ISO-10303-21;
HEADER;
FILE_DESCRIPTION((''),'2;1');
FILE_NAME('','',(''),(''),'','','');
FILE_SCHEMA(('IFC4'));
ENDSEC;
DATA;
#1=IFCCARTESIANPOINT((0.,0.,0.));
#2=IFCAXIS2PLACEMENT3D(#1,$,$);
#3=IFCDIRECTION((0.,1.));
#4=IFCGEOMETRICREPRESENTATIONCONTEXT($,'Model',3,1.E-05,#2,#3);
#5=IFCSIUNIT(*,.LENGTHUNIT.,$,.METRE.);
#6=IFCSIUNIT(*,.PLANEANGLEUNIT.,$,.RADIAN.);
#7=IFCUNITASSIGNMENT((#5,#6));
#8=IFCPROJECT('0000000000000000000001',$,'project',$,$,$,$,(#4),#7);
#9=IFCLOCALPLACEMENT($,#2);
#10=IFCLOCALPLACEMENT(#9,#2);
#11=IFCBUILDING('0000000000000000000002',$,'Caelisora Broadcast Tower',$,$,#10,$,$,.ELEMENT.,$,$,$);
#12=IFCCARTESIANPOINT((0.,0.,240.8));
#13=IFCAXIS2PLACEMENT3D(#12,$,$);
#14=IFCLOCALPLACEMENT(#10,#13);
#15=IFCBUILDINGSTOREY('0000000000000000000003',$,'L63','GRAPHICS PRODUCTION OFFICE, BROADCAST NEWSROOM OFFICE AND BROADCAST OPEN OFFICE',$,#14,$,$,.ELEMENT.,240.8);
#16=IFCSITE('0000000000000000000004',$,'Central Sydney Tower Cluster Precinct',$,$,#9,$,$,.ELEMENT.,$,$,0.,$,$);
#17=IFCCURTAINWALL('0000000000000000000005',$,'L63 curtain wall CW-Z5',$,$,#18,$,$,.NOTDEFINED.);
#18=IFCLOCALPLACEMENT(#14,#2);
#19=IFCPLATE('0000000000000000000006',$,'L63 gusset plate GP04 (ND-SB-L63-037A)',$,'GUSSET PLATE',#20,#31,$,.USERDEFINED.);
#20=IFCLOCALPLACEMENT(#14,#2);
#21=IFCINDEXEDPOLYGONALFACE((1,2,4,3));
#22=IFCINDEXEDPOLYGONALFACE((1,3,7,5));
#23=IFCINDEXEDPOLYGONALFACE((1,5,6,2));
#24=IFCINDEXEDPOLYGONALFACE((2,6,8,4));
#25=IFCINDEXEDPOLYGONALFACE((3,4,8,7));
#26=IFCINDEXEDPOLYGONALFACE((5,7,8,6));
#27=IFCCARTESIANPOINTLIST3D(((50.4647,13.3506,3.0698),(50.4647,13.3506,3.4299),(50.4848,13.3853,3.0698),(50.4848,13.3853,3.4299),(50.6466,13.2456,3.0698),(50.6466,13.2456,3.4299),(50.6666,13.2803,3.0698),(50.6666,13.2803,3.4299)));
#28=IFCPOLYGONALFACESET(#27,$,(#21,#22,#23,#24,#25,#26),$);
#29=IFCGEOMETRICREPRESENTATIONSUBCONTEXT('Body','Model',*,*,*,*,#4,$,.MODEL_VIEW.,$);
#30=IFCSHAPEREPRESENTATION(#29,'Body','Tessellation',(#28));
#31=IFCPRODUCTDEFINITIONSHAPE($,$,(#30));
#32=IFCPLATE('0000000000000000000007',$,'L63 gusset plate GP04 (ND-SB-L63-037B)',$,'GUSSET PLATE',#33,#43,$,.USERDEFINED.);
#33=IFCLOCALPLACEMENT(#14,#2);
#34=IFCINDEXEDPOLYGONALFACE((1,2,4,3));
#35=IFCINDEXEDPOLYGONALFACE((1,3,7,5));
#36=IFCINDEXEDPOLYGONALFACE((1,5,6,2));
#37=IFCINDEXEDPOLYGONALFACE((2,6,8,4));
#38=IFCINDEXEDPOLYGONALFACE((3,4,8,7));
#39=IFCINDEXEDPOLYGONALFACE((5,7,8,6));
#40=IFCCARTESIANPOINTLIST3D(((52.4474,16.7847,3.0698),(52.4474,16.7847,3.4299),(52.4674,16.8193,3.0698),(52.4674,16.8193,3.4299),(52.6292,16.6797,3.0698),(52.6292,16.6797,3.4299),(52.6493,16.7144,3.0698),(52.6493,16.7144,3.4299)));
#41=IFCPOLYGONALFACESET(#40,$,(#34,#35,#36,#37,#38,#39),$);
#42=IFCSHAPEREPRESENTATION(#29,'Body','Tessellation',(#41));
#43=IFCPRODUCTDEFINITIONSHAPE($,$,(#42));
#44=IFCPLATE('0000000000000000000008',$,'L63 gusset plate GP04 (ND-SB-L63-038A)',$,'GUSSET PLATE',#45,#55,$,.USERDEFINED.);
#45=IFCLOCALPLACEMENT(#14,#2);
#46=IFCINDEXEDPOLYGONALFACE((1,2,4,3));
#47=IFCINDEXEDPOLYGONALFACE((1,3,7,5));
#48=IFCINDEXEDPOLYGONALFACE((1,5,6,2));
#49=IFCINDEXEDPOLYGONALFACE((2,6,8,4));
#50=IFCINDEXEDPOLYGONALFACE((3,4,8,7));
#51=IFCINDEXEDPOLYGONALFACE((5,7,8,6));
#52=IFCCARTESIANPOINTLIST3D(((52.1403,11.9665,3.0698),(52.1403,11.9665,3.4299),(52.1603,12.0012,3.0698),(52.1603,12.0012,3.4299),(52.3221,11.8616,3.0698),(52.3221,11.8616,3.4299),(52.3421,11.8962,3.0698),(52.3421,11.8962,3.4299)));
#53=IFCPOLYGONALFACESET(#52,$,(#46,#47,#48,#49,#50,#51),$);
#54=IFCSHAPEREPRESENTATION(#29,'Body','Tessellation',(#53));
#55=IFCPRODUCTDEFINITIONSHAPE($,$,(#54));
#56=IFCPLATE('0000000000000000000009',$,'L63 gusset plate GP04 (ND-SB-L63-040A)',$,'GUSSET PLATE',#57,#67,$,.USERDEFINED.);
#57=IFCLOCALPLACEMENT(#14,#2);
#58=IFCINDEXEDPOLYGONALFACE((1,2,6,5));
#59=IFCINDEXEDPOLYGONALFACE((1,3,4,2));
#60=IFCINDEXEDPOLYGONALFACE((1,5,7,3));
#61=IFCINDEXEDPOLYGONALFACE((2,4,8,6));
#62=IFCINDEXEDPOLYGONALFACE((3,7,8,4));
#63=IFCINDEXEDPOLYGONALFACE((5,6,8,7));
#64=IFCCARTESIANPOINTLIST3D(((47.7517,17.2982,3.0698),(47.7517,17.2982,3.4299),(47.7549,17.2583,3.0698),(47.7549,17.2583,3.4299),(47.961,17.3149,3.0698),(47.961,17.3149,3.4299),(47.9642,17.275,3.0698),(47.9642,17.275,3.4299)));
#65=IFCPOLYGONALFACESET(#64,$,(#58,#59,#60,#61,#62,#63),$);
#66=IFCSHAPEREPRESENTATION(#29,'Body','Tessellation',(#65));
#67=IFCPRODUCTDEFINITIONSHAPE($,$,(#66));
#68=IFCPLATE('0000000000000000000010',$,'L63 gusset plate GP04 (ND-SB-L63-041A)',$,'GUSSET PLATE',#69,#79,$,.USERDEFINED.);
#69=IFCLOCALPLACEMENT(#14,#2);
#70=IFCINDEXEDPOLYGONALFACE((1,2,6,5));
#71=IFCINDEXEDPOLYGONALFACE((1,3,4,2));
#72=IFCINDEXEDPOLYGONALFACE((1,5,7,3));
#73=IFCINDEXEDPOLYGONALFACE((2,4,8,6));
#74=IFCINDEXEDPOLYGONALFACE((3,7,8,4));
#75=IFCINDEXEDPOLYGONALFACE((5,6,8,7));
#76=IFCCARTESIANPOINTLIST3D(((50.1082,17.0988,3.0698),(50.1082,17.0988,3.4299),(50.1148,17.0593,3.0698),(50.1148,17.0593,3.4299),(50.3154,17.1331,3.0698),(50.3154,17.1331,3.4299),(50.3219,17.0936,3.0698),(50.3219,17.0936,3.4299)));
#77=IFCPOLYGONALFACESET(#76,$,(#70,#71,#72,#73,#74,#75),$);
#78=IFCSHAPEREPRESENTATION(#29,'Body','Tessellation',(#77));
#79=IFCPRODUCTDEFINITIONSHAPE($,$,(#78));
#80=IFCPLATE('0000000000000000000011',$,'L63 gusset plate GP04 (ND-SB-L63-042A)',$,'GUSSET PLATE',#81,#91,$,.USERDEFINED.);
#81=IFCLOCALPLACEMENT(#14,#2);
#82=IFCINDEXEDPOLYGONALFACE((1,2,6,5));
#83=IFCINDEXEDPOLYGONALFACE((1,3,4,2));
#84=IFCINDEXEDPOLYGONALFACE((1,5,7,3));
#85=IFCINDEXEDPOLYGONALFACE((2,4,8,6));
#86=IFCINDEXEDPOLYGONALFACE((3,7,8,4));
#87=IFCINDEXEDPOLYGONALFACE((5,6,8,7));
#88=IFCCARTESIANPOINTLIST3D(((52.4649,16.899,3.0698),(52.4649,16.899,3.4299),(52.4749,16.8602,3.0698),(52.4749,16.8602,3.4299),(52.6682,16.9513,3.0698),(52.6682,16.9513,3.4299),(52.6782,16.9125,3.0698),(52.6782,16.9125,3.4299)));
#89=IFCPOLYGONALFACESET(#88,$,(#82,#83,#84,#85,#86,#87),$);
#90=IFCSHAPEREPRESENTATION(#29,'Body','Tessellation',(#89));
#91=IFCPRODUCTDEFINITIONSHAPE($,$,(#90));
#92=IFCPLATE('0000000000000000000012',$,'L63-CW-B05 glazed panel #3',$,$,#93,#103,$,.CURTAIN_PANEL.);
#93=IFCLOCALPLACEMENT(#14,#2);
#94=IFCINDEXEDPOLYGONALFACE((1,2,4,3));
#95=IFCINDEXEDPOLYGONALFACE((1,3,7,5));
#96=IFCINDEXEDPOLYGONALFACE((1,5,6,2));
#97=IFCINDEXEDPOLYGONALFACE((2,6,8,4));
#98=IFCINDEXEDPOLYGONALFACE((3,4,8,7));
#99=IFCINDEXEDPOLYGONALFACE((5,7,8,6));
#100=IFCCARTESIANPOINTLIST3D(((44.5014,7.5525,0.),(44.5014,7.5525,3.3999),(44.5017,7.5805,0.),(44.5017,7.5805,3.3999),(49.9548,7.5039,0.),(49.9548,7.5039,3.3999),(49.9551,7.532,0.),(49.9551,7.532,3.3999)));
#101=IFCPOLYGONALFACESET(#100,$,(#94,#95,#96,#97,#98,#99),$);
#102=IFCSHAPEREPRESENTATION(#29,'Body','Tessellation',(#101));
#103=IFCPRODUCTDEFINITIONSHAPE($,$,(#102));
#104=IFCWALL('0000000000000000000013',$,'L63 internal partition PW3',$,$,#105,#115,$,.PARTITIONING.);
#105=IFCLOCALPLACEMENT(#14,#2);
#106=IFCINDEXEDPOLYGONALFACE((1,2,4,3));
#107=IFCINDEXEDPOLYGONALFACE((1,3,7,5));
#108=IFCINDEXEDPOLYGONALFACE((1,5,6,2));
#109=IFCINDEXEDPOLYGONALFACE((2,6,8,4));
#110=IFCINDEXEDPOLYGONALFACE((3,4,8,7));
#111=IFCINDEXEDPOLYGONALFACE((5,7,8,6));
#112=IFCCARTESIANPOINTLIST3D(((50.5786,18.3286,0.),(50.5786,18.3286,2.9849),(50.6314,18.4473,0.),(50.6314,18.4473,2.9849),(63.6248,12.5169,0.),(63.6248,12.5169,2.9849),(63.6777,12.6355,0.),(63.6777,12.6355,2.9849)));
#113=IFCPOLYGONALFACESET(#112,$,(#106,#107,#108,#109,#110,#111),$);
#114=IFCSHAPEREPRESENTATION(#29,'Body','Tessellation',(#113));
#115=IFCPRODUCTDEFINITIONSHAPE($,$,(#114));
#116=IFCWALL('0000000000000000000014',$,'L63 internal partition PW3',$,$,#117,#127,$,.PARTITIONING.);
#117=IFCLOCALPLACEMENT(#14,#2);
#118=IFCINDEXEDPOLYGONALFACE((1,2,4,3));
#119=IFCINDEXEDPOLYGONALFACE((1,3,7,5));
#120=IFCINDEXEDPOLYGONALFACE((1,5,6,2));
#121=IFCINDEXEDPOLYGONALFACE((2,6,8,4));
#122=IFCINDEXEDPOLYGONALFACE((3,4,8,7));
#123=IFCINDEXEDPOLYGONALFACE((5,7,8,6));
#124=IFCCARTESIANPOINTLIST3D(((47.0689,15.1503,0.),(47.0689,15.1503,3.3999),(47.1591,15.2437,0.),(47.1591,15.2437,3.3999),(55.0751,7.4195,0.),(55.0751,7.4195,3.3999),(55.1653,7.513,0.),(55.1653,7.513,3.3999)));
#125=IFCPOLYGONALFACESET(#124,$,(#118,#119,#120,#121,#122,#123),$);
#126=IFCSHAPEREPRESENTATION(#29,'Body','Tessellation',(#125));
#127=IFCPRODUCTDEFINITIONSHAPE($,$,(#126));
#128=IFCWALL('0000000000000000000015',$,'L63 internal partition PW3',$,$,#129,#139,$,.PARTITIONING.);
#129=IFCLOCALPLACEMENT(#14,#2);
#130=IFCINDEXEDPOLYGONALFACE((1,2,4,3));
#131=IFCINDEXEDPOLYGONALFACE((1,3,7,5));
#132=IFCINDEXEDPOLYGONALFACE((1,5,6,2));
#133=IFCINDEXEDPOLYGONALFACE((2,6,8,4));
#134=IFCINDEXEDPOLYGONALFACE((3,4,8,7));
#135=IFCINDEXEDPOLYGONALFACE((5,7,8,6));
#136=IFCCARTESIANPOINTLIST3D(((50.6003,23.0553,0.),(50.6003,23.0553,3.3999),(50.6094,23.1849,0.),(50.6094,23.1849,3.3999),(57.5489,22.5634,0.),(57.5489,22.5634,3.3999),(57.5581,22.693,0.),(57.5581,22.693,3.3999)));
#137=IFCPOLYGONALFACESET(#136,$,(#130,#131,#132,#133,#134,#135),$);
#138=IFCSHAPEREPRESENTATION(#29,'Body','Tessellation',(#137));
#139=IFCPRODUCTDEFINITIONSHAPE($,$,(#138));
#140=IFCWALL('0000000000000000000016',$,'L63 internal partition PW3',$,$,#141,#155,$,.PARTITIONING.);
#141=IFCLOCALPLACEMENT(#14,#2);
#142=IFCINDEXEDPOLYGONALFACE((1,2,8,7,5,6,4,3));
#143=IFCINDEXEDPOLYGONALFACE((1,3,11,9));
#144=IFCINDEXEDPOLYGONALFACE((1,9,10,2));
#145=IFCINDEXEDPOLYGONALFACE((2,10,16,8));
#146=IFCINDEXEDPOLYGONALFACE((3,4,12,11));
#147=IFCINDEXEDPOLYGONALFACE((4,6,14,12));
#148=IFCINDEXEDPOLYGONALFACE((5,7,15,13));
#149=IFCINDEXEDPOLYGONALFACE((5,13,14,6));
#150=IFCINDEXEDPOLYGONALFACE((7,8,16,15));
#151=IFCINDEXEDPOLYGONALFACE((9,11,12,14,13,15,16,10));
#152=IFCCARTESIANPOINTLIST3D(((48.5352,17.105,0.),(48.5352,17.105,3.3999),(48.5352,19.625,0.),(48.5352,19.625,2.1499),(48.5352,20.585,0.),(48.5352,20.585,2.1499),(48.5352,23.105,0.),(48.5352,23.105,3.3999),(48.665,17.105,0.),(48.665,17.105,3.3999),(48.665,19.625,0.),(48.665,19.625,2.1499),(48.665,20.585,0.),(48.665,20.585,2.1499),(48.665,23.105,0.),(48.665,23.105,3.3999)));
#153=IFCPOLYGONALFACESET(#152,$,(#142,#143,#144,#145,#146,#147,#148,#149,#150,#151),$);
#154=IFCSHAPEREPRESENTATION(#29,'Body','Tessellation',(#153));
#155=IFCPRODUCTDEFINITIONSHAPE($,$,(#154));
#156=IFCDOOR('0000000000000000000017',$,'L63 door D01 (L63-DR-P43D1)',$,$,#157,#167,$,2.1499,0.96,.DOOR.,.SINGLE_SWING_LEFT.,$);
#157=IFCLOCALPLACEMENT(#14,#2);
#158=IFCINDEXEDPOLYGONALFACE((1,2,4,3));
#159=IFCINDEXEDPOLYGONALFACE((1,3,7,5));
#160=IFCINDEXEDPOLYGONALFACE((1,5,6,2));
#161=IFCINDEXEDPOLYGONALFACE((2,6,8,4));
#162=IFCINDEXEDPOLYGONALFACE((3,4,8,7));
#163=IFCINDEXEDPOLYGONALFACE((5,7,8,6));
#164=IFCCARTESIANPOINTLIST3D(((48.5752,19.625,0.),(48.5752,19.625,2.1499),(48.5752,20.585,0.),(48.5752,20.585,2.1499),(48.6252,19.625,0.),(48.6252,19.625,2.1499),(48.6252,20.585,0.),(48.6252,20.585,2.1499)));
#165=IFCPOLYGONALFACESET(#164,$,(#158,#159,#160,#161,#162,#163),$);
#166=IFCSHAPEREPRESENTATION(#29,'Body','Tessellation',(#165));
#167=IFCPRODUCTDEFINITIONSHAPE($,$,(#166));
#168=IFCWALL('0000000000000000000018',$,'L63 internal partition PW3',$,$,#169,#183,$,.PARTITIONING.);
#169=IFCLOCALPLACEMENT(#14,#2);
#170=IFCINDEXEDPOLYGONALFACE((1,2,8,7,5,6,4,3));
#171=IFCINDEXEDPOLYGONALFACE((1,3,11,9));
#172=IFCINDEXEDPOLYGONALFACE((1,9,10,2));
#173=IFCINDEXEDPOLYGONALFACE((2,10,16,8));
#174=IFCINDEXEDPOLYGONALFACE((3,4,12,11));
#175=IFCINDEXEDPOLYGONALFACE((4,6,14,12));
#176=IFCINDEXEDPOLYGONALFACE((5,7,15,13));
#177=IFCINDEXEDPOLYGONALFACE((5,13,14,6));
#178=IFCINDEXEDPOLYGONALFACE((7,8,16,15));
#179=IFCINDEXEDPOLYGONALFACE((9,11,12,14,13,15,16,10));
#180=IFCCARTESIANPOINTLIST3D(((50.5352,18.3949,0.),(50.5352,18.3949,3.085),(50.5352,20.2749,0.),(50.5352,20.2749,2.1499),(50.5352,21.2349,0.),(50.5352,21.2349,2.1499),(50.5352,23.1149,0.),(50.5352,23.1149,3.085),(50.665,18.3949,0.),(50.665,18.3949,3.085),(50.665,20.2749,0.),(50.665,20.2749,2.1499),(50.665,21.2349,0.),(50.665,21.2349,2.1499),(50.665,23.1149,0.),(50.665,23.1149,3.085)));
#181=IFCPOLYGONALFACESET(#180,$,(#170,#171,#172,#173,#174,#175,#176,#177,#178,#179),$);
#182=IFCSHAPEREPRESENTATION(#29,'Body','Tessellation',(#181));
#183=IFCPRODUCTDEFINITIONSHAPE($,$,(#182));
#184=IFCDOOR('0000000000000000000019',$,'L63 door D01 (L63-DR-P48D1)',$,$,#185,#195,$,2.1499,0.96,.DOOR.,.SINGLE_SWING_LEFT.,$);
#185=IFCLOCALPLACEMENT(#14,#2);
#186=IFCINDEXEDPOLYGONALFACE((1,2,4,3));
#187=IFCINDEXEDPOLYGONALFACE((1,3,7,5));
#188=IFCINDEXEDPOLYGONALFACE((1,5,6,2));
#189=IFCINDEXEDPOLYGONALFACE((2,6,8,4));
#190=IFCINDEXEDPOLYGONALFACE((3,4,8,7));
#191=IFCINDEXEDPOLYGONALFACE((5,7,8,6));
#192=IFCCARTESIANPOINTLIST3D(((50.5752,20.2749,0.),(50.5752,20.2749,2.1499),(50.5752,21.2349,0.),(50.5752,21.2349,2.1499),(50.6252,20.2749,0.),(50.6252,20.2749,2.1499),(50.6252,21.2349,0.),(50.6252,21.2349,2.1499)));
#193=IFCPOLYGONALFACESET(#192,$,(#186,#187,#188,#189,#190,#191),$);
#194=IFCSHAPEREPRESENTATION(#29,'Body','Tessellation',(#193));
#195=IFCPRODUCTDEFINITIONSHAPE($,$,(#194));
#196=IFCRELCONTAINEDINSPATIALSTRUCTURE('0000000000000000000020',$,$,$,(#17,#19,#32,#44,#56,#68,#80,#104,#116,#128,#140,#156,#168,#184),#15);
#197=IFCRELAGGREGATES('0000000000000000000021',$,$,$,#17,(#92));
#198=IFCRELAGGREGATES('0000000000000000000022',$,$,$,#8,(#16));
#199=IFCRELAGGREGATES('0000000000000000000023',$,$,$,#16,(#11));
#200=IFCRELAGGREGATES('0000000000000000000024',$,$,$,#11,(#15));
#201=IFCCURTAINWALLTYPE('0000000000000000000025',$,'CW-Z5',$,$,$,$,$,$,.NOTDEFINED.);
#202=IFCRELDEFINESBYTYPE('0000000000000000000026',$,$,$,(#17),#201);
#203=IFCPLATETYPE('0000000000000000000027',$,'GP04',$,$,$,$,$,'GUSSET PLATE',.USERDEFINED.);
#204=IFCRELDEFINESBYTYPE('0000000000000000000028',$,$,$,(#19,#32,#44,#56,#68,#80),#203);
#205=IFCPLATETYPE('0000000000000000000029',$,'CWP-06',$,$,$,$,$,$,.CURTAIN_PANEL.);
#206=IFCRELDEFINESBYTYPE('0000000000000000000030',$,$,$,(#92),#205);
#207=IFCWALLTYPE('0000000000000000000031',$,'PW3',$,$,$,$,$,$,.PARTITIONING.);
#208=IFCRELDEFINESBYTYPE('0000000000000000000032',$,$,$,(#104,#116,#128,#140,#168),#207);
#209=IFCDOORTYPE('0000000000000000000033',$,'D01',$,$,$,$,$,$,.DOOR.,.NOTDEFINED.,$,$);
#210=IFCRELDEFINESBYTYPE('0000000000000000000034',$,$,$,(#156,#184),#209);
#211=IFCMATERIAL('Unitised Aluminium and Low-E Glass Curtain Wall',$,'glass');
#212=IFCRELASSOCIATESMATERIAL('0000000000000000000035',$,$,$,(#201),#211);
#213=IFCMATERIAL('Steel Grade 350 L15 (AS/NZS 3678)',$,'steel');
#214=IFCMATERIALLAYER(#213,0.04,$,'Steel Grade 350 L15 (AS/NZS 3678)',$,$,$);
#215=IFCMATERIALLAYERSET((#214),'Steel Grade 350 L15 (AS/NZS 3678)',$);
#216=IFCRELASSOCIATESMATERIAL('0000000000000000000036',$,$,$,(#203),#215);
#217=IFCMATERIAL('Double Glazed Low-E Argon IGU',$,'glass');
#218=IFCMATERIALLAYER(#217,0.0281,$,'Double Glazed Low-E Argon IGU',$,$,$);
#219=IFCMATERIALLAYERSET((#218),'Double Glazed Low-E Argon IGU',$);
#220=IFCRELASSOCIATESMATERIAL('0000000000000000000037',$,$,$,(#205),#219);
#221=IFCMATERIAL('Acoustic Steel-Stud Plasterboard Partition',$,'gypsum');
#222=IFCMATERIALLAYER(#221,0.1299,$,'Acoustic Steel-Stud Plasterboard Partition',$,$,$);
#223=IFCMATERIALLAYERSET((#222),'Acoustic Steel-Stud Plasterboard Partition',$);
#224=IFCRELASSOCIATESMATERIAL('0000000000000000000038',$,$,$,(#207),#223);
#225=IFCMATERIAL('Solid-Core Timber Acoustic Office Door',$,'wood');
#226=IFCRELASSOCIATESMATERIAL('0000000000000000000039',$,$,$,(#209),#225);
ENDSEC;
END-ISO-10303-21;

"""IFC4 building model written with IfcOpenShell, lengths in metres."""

from ifc_helpers import new_model, si_unit, direction, frame, frame_2d, origin, origin_2d, place, context, subcontext, project, spatial, rectangle, extrude, source, transform, mapped, material, layer, layer_set, type_object, type_shapes, element, fill, aggregate, save


model = new_model("IFC4")

# Units and contexts
model_context = context("Model", 3, precision=1e-05, world=origin(), true_north=direction((0.0, 1.0)))
body_context = subcontext(model_context, "Body", "Model", "MODEL_VIEW")
ifc_project = project(units=[si_unit("LENGTHUNIT", "METRE"), si_unit("PLANEANGLEUNIT", "RADIAN")], contexts=[model_context])

# Site, building, storey
site_placement = place(None, origin())
site = spatial("IfcSite", under=ifc_project, at=site_placement, Name="Central Sydney Tower Cluster Precinct", CompositionType="ELEMENT", RefElevation=0.0)
building_placement = place(site_placement, origin())
building = spatial("IfcBuilding", under=site, at=building_placement, Name="Caelisora Broadcast Tower", CompositionType="ELEMENT")
storey_placement = place(building_placement, frame((0.0, 0.0, 240.8)))
storey = spatial("IfcBuildingStorey", under=building, at=storey_placement, Name="L63", Description="GRAPHICS PRODUCTION OFFICE, BROADCAST NEWSROOM OFFICE AND BROADCAST OPEN OFFICE", CompositionType="ELEMENT", Elevation=240.8)

# Curtain wall
ifc_material_1 = material(Name="Unitised Aluminium and Low-E Glass Curtain Wall", Category="glass")
curtain_wall_type = type_object("IfcCurtainWallType", Name="CW-Z5", PredefinedType="NOTDEFINED", material=ifc_material_1)
curtain_wall_placement = place(storey_placement, origin())
curtain_wall = element("IfcCurtainWall", 1, at=curtain_wall_placement, inside=storey, type_object=curtain_wall_type, Name="L63 curtain wall CW-Z5", PredefinedType="NOTDEFINED")

# Plates
ifc_material_2 = material(Name="Steel Grade 350 L15 (AS/NZS 3678)", Category="steel")
ifc_layer_1 = layer(ifc_material_2, 0.04, Name="Steel Grade 350 L15 (AS/NZS 3678)")
ifc_layer_set_1 = layer_set([ifc_layer_1], Name="Steel Grade 350 L15 (AS/NZS 3678)")
plate_type_1 = type_object("IfcPlateType", Name="GP04", ElementType="GUSSET PLATE", PredefinedType="USERDEFINED", material=ifc_layer_set_1)
shared_shape_1 = source(origin(), body_context, "Body", "SweptSolid", [
    extrude(rectangle(XDim=0.21, YDim=0.04, at=origin_2d()), origin(), (0.0, 0.0, 1.0), 0.3601),
])
type_shapes(plate_type_1, [shared_shape_1])
for number, where, z_axis, x_axis, name in (
    (2, (50.5657, 13.3154, 3.0698), (0.0, 0.0, 1.0), (-0.866025, 0.5, 0.0), "L63 gusset plate GP04 (ND-SB-L63-037A)"),
    (3, (52.5483, 16.7495, 3.0698), (0.0, 0.0, 1.0), (-0.866025, 0.5, 0.0), "L63 gusset plate GP04 (ND-SB-L63-037B)"),
    (4, (52.2412, 11.9314, 3.0698), (0.0, 0.0, 1.0), (-0.866025, 0.5, 0.0), "L63 gusset plate GP04 (ND-SB-L63-038A)"),
    (5, (47.8579, 17.2866, 3.0698), (0.0, 0.0, 1.0), (-0.996821, -0.079677, 0.0), "L63 gusset plate GP04 (ND-SB-L63-040A)"),
    (6, (50.2151, 17.0962, 3.0698), (0.0, 0.0, 1.0), (-0.986572, -0.163326, 0.0), "L63 gusset plate GP04 (ND-SB-L63-041A)"),
    (7, (52.5715, 16.9058, 3.0698), (0.0, 0.0, 1.0), (-0.968453, -0.249197, 0.0), "L63 gusset plate GP04 (ND-SB-L63-042A)"),
):
    element("IfcPlate", number, at=place(storey_placement, frame(where, z_axis=z_axis, x_axis=x_axis)), inside=storey, type_object=plate_type_1, Name=name, ObjectType="GUSSET PLATE", PredefinedType="USERDEFINED", context=body_context, shape_type="MappedRepresentation", body=[
        mapped(shared_shape_1, transform((0.0, 0.0, 0.0), scale=1.0)),
    ])

# Plate
ifc_material_3 = material(Name="Double Glazed Low-E Argon IGU", Category="glass")
ifc_layer_2 = layer(ifc_material_3, 0.0281, Name="Double Glazed Low-E Argon IGU")
ifc_layer_set_2 = layer_set([ifc_layer_2], Name="Double Glazed Low-E Argon IGU")
plate_type_2 = type_object("IfcPlateType", Name="CWP-06", PredefinedType="CURTAIN_PANEL", material=ifc_layer_set_2)
shared_shape_2 = source(origin(), body_context, "Body", "SweptSolid", [
    extrude(rectangle(XDim=5.4536, YDim=0.0281, at=origin_2d()), origin(), (0.0, 0.0, 1.0), 3.3999),
])
type_shapes(plate_type_2, [shared_shape_2])
plate_placement = place(storey_placement, frame((47.2283, 7.5422, 0.0), z_axis=(0.0, 0.0, 1.0), x_axis=(-0.99996, 0.008901, 0.0)))
plate = element("IfcPlate", 8, at=plate_placement, type_object=plate_type_2, Name="L63-CW-B05 glazed panel #3", PredefinedType="CURTAIN_PANEL", context=body_context, shape_type="MappedRepresentation", body=[
    mapped(shared_shape_2, transform((0.0, 0.0, 0.0), scale=1.0)),
])
aggregate(curtain_wall, [plate])

# Walls
ifc_material_4 = material(Name="Acoustic Steel-Stud Plasterboard Partition", Category="gypsum")
ifc_layer_3 = layer(ifc_material_4, 0.1299, Name="Acoustic Steel-Stud Plasterboard Partition")
ifc_layer_set_3 = layer_set([ifc_layer_3], Name="Acoustic Steel-Stud Plasterboard Partition")
wall_type = type_object("IfcWallType", Name="PW3", PredefinedType="PARTITIONING", material=ifc_layer_set_3)
wall_1_placement = place(storey_placement, frame((50.605, 18.3879, 0.0), z_axis=(0.0, 0.0, 1.0), x_axis=(0.913464, -0.40692, 0.0)))
element("IfcWall", 9, at=wall_1_placement, inside=storey, type_object=wall_type, Name="L63 internal partition PW3", PredefinedType="PARTITIONING", context=body_context, shape_type="SweptSolid", body=[
    extrude(rectangle(XDim=14.2822, YDim=0.1299, at=frame_2d((7.1411, 0.0))), origin(), (0.0, 0.0, 1.0), 2.9849),
])
wall_2_placement = place(storey_placement, frame((47.114, 15.197, 0.0), z_axis=(0.0, 0.0, 1.0), x_axis=(0.719371, -0.694626, 0.0)))
element("IfcWall", 10, at=wall_2_placement, inside=storey, type_object=wall_type, Name="L63 internal partition PW3", PredefinedType="PARTITIONING", context=body_context, shape_type="SweptSolid", body=[
    extrude(rectangle(XDim=11.1294, YDim=0.1299, at=frame_2d((5.5647, 0.0))), origin(), (0.0, 0.0, 1.0), 3.3999),
])
wall_3_placement = place(storey_placement, frame((50.605, 23.1201, 0.0), z_axis=(0.0, 0.0, 1.0), x_axis=(0.997503, -0.070619, 0.0)))
element("IfcWall", 11, at=wall_3_placement, inside=storey, type_object=wall_type, Name="L63 internal partition PW3", PredefinedType="PARTITIONING", context=body_context, shape_type="SweptSolid", body=[
    extrude(rectangle(XDim=6.9661, YDim=0.1299, at=frame_2d((3.4829, 0.0))), origin(), (0.0, 0.0, 1.0), 3.3999),
])

# Walls, openings, doors
wall_4_placement = place(storey_placement, frame((48.6001, 17.105, 0.0), z_axis=(0.0, 0.0, 1.0), x_axis=(0.0, 1.0, 0.0)))
wall_4 = element("IfcWall", 12, at=wall_4_placement, inside=storey, type_object=wall_type, Name="L63 internal partition PW3", PredefinedType="PARTITIONING", context=body_context, shape_type="SweptSolid", body=[
    extrude(rectangle(XDim=6.0, YDim=0.1299, at=frame_2d((3.0, 0.0))), origin(), (0.0, 0.0, 1.0), 3.3999),
])
opening_1_placement = place(wall_4_placement, frame((2.52, 0.0, 0.0)))
opening_1 = element("IfcOpeningElement", 13, at=opening_1_placement, cuts=wall_4, PredefinedType="OPENING", context=body_context, shape_type="SweptSolid", body=[
    extrude(rectangle(XDim=0.96, YDim=2.1499, at=frame_2d((0.48, 1.075))), frame((0.0, 0.0769, 0.0), z_axis=(0.0, -1.0, 0.0), x_axis=(1.0, 0.0, 0.0)), (0.0, 0.0, 1.0), 0.1538),
])
ifc_material_5 = material(Name="Solid-Core Timber Acoustic Office Door", Category="wood")
door_type = type_object("IfcDoorType", Name="D01", OperationType="NOTDEFINED", PredefinedType="DOOR", material=ifc_material_5)
door_1_placement = place(opening_1_placement, origin())
door_1 = element("IfcDoor", 14, at=door_1_placement, inside=storey, type_object=door_type, Name="L63 door D01 (L63-DR-P43D1)", OperationType="SINGLE_SWING_LEFT", OverallHeight=2.1499, OverallWidth=0.96, PredefinedType="DOOR", context=body_context, shape_type="SweptSolid", body=[
    extrude(rectangle(XDim=0.96, YDim=2.1499, at=frame_2d((0.48, 1.075))), frame((0.0, 0.0249, 0.0), z_axis=(0.0, -1.0, 0.0), x_axis=(1.0, 0.0, 0.0)), (0.0, 0.0, 1.0), 0.05),
])
fill(opening_1, door_1)
wall_5_placement = place(storey_placement, frame((50.6001, 18.395, 0.0), z_axis=(0.0, 0.0, 1.0), x_axis=(0.0, 1.0, 0.0)))
wall_5 = element("IfcWall", 15, at=wall_5_placement, inside=storey, type_object=wall_type, Name="L63 internal partition PW3", PredefinedType="PARTITIONING", context=body_context, shape_type="SweptSolid", body=[
    extrude(rectangle(XDim=4.72, YDim=0.1299, at=frame_2d((2.3599, 0.0))), origin(), (0.0, 0.0, 1.0), 3.085),
])
opening_2_placement = place(wall_5_placement, frame((1.8799, 0.0, 0.0)))
opening_2 = element("IfcOpeningElement", 16, at=opening_2_placement, cuts=wall_5, PredefinedType="OPENING", context=body_context, shape_type="SweptSolid", body=[
    extrude(rectangle(XDim=0.96, YDim=2.1499, at=frame_2d((0.48, 1.075))), frame((0.0, 0.0769, 0.0), z_axis=(0.0, -1.0, 0.0), x_axis=(1.0, 0.0, 0.0)), (0.0, 0.0, 1.0), 0.1538),
])
door_2_placement = place(opening_2_placement, origin())
door_2 = element("IfcDoor", 17, at=door_2_placement, inside=storey, type_object=door_type, Name="L63 door D01 (L63-DR-P48D1)", OperationType="SINGLE_SWING_LEFT", OverallHeight=2.1499, OverallWidth=0.96, PredefinedType="DOOR", context=body_context, shape_type="SweptSolid", body=[
    extrude(rectangle(XDim=0.96, YDim=2.1499, at=frame_2d((0.48, 1.075))), frame((0.0, 0.0249, 0.0), z_axis=(0.0, -1.0, 0.0), x_axis=(1.0, 0.0, 0.0)), (0.0, 0.0, 1.0), 0.05),
])
fill(opening_2, door_2)

save(model, "model.ifc")
